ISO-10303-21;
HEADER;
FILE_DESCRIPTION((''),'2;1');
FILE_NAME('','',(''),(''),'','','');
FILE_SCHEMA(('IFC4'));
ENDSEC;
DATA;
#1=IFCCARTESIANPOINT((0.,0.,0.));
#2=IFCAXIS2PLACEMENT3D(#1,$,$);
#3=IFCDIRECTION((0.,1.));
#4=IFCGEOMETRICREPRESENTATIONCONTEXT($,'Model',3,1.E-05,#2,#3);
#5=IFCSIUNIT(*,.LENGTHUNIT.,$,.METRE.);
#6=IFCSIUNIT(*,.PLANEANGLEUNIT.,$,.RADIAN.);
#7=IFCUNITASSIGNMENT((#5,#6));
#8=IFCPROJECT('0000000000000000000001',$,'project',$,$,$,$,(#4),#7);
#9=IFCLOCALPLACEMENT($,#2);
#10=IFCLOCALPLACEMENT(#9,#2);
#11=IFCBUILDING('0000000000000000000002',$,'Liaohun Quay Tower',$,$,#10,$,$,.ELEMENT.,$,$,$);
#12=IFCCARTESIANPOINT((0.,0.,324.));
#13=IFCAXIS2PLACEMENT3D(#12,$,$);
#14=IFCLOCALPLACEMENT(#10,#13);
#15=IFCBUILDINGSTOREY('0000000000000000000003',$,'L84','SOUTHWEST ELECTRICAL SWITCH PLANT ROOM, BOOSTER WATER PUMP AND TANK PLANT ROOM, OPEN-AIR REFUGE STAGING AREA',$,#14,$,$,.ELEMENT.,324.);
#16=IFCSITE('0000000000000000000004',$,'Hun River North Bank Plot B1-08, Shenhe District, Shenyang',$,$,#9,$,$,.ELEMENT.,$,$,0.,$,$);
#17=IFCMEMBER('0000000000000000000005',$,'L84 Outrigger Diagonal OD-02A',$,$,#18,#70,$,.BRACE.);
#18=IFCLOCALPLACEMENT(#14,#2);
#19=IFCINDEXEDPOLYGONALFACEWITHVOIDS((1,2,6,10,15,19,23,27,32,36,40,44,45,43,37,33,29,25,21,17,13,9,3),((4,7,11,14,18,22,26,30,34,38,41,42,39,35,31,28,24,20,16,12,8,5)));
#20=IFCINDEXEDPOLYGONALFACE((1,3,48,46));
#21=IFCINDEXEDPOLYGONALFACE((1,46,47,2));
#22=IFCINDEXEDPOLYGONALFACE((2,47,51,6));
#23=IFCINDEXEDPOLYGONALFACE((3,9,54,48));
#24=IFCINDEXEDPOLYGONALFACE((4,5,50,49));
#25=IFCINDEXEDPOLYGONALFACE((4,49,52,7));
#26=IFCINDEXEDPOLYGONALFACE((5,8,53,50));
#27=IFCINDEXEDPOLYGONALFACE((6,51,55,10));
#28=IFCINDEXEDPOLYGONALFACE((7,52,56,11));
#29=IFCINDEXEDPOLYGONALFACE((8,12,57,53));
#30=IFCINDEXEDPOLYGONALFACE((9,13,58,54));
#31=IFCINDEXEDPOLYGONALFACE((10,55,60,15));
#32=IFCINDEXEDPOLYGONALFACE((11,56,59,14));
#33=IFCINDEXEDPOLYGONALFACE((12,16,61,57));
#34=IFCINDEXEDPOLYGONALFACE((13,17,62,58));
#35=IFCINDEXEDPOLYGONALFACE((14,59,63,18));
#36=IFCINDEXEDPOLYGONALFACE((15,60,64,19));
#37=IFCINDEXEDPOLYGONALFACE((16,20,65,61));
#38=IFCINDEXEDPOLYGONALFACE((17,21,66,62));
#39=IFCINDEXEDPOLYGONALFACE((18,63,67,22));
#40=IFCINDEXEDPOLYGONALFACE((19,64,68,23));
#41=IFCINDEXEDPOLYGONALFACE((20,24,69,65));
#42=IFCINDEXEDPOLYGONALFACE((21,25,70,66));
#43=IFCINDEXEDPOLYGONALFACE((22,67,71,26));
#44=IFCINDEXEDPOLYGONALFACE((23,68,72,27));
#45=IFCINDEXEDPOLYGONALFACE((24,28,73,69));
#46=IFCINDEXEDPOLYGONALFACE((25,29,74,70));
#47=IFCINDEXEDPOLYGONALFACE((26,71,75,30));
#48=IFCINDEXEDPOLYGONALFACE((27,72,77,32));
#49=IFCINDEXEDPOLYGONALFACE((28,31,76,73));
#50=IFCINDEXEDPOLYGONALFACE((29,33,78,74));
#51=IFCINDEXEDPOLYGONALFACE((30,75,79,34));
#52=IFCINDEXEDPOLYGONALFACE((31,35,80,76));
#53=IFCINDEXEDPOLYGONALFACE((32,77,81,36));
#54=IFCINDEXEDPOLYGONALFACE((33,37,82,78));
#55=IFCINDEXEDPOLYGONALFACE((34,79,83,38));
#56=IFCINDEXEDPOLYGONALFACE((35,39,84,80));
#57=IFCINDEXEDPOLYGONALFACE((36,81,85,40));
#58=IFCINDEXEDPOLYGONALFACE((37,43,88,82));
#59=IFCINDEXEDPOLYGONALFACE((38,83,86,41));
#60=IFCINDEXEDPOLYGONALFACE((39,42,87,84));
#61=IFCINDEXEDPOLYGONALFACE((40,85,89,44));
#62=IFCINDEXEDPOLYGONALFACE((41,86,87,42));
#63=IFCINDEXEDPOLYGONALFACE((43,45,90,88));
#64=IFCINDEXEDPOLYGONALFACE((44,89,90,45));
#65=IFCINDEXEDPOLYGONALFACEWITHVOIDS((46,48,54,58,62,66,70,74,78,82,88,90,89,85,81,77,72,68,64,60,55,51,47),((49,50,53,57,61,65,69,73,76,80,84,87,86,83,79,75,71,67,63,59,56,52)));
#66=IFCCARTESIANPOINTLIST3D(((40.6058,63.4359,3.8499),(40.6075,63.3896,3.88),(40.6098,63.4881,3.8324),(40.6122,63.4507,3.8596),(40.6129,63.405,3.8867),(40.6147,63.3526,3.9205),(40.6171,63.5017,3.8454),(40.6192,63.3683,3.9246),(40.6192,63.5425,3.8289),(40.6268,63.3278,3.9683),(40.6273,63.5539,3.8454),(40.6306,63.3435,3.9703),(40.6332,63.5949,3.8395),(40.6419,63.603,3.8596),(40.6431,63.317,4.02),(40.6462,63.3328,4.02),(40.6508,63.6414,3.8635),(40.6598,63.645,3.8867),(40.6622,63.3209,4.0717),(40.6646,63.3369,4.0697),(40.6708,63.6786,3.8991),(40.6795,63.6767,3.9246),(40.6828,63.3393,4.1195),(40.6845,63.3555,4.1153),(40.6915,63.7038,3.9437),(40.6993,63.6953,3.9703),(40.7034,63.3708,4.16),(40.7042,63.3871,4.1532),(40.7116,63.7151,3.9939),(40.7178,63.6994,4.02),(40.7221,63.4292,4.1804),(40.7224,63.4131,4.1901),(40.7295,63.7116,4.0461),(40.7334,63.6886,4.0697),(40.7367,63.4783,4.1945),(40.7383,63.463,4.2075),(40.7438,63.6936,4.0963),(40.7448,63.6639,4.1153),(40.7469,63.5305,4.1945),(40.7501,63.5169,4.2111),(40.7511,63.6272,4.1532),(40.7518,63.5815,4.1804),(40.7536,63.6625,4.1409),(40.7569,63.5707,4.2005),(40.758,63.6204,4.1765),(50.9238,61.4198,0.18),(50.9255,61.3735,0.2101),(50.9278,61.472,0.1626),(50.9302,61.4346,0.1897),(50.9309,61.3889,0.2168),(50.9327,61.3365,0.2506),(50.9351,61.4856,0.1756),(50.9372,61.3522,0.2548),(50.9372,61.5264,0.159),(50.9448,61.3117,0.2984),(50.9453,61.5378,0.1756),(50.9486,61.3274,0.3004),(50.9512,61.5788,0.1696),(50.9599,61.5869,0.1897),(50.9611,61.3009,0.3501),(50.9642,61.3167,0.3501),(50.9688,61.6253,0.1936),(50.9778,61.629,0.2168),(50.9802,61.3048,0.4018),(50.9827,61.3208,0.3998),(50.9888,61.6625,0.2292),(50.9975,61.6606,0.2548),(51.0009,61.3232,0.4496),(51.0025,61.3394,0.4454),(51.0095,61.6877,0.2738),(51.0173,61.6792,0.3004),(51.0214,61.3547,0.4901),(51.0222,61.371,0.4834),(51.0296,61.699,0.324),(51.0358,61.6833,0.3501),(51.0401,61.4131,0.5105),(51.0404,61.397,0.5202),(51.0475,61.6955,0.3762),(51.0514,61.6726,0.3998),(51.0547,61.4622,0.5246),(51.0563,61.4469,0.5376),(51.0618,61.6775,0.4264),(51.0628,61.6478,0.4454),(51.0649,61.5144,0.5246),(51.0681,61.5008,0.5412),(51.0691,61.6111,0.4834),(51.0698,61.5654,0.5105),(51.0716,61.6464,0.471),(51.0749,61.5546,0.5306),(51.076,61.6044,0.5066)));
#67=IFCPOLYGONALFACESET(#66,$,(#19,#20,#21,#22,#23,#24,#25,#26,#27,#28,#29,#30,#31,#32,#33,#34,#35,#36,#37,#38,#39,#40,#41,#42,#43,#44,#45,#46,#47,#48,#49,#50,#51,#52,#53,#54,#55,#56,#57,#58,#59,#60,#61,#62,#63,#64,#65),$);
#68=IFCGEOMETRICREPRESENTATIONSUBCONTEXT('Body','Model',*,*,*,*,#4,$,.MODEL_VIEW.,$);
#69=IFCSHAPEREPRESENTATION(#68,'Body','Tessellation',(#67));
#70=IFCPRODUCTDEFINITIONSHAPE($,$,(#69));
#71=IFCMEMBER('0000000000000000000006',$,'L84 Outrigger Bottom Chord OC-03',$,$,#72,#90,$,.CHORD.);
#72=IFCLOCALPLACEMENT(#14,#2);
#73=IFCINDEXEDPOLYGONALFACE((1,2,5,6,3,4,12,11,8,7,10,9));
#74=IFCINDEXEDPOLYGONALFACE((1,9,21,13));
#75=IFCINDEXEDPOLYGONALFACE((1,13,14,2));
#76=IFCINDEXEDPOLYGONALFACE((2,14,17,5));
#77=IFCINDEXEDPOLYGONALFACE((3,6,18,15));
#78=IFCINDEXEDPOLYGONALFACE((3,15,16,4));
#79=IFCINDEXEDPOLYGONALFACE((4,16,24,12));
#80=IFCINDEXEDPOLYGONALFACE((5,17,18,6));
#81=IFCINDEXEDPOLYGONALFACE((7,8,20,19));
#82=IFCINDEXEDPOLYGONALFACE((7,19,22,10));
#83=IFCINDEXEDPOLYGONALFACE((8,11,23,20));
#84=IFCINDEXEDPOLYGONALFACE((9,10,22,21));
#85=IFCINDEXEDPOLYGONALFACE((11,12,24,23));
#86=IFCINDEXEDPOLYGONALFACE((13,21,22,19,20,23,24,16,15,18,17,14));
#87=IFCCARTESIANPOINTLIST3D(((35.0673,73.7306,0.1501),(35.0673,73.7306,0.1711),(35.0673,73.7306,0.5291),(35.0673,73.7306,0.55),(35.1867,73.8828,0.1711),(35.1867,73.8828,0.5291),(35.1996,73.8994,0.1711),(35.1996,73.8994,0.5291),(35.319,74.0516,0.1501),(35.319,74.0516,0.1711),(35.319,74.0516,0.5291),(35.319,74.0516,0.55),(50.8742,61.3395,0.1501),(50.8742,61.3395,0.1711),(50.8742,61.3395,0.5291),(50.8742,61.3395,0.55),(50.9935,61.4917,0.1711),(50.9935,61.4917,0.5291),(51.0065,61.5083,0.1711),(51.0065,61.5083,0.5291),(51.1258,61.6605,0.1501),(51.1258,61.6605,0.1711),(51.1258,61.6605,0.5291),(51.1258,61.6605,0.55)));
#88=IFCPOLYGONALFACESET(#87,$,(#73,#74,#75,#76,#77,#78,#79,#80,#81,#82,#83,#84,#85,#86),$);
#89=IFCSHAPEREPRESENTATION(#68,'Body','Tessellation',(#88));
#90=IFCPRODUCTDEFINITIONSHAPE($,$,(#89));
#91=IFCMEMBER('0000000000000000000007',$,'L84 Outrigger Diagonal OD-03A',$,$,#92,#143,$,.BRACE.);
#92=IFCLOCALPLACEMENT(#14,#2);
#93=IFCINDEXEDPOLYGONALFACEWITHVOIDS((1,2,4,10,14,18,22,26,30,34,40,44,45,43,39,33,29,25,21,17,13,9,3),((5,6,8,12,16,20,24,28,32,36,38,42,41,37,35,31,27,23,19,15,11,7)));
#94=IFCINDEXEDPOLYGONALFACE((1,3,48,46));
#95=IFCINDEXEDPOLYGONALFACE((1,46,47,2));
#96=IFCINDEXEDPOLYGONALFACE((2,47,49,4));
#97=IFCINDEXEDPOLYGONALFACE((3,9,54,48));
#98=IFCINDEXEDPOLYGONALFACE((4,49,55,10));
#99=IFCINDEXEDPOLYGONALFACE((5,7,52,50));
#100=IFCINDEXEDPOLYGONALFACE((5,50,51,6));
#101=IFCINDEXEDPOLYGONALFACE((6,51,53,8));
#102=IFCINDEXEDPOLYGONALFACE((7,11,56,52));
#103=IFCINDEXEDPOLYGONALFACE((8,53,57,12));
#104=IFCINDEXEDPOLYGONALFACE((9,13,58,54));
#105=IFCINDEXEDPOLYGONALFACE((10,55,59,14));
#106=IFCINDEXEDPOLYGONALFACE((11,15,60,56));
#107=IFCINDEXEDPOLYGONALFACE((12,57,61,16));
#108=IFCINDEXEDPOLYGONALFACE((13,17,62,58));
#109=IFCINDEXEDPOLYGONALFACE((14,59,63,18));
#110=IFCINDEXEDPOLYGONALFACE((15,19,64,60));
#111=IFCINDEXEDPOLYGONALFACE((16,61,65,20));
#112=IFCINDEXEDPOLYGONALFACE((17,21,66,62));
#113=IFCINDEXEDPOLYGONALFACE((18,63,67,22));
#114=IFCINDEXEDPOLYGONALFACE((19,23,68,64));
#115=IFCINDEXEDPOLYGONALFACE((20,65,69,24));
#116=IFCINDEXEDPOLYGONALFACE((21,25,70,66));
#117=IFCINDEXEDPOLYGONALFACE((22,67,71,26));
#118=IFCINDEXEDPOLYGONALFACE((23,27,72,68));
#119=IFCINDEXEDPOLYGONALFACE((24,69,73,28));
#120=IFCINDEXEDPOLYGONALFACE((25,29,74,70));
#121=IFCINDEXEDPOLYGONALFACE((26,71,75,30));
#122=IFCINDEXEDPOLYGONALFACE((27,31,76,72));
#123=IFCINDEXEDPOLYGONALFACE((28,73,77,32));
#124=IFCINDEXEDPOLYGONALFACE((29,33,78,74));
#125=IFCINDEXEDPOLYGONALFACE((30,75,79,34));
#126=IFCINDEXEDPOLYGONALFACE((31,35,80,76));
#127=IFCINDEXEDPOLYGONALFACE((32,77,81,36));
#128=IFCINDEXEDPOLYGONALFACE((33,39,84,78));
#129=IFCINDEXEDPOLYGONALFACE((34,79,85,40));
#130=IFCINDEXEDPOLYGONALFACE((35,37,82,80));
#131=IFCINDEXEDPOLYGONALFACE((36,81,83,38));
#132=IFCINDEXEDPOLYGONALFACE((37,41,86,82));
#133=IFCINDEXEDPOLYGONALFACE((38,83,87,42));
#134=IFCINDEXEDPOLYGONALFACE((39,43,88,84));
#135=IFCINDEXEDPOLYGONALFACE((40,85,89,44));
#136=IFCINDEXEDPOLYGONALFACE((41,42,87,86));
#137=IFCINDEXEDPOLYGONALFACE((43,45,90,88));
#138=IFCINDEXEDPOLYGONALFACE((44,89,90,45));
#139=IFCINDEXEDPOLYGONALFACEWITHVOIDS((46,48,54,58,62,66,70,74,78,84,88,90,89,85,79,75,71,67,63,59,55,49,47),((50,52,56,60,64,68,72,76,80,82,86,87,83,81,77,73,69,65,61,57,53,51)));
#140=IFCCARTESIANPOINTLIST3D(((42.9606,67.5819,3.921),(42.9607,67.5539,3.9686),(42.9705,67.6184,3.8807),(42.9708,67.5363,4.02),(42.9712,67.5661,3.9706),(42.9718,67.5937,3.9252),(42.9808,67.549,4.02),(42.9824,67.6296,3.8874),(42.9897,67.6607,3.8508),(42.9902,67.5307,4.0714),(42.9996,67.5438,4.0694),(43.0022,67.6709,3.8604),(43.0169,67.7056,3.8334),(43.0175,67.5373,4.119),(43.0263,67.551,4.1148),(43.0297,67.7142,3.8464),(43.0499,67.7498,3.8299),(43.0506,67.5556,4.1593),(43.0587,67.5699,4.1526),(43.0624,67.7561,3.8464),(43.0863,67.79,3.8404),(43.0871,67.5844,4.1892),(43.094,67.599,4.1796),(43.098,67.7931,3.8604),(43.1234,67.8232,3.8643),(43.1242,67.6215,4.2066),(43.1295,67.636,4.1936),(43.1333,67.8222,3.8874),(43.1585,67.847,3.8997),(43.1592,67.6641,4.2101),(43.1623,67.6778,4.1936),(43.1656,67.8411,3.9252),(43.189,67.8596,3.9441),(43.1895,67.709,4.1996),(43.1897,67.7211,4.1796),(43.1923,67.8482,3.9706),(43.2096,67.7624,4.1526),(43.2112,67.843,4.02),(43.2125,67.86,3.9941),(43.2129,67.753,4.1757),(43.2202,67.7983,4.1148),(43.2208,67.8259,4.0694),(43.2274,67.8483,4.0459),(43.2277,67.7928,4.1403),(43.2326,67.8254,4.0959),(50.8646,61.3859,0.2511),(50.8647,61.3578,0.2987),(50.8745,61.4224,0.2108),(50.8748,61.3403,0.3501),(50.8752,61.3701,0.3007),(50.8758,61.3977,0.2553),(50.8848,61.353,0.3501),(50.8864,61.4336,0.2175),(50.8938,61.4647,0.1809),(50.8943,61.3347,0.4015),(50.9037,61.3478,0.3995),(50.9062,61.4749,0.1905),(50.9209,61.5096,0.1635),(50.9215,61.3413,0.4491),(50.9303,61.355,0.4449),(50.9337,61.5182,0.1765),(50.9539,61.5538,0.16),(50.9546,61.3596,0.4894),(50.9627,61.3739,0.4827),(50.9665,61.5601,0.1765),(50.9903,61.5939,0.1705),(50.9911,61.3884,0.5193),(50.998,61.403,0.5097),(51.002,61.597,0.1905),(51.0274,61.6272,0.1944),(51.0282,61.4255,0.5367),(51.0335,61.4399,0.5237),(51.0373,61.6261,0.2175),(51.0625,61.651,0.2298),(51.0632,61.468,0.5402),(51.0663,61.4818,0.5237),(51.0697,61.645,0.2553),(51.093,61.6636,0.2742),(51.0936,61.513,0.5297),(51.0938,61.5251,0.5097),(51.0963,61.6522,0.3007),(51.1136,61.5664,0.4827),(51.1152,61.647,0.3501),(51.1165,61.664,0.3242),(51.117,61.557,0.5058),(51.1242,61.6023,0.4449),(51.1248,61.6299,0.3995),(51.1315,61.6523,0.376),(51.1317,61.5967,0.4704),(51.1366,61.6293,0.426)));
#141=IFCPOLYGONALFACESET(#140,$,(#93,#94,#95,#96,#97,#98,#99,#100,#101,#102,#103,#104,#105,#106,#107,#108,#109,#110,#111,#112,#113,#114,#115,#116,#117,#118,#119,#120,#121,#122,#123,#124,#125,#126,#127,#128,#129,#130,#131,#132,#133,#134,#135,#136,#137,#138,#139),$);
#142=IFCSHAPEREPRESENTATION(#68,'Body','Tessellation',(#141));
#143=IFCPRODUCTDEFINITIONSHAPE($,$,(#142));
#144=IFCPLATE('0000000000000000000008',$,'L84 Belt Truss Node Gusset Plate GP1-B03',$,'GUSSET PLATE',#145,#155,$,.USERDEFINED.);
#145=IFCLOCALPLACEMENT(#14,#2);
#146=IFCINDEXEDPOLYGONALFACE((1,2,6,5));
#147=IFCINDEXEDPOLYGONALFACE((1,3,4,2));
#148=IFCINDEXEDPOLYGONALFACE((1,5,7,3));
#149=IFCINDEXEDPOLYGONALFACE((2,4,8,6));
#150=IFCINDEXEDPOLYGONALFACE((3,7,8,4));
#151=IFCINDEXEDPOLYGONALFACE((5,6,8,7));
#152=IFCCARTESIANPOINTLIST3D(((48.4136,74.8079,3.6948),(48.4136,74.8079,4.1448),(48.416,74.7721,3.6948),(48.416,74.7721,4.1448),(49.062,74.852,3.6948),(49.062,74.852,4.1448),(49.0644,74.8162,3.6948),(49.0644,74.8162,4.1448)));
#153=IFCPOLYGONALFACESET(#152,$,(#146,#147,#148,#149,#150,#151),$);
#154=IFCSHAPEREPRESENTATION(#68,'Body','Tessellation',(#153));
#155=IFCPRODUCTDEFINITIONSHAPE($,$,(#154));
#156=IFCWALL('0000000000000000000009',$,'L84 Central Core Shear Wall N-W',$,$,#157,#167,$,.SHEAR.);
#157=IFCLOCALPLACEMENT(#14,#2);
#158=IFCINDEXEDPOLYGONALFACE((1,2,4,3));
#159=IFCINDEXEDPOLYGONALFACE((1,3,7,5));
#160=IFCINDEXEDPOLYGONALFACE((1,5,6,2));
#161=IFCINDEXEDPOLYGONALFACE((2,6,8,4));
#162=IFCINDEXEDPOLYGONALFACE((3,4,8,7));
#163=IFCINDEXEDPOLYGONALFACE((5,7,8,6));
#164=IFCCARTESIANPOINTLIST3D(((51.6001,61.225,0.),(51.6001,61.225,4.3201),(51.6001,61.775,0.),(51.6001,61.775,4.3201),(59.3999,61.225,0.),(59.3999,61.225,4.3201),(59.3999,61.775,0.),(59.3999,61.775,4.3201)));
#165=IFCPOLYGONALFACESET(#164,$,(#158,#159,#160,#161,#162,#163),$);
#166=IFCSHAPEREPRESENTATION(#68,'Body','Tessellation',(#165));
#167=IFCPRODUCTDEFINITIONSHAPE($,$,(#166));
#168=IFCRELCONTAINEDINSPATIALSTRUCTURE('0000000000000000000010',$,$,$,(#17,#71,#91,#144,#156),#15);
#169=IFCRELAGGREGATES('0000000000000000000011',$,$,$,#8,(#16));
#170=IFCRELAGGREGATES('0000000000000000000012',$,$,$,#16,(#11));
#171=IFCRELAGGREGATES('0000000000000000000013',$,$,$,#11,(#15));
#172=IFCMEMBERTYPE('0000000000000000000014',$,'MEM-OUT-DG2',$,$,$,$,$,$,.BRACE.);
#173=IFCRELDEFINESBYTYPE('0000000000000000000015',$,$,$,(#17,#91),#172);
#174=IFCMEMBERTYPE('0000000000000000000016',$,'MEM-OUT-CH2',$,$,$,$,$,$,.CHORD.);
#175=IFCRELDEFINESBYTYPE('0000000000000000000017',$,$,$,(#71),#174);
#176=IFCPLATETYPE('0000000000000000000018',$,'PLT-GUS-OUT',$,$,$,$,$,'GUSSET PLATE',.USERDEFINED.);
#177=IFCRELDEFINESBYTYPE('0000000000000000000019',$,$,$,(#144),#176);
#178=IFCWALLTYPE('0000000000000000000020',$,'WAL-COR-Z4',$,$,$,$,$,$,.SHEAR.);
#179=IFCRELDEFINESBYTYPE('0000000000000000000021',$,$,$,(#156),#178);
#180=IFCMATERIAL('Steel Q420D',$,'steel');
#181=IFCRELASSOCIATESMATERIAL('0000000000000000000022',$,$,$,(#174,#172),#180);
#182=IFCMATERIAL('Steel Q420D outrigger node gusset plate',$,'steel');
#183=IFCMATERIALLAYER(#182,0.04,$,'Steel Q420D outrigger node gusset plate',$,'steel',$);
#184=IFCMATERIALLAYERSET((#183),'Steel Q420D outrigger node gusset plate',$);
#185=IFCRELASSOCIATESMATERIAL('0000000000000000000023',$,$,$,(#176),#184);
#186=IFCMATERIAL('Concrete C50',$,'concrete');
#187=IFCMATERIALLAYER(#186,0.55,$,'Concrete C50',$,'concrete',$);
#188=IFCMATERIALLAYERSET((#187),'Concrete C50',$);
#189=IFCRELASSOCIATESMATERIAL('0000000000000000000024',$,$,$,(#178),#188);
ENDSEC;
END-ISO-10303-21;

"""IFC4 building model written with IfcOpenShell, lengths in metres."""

from ifc_helpers import new_model, si_unit, direction, frame, frame_2d, origin, origin_2d, place, context, subcontext, project, spatial, rectangle, hollow_circle, i_section, extrude, source, transform, mapped, material, layer, layer_set, material_profile, profile_set, type_object, element, save


model = new_model("IFC4")

# Units and contexts
model_context = context("Model", 3, precision=1e-05, world=origin(), true_north=direction((0.0, 1.0)))
body_context = subcontext(model_context, "Body", "Model", "MODEL_VIEW")
ifc_project = project(units=[si_unit("LENGTHUNIT", "METRE"), si_unit("PLANEANGLEUNIT", "RADIAN")], contexts=[model_context])

# Site, building, storey
site_placement = place(None, origin())
site = spatial("IfcSite", under=ifc_project, at=site_placement, Name="Hun River North Bank Plot B1-08, Shenhe District, Shenyang", CompositionType="ELEMENT", RefElevation=0.0)
building_placement = place(site_placement, origin())
building = spatial("IfcBuilding", under=site, at=building_placement, Name="Liaohun Quay Tower", CompositionType="ELEMENT")
storey_placement = place(building_placement, frame((0.0, 0.0, 324.0)))
storey = spatial("IfcBuildingStorey", under=building, at=storey_placement, Name="L84", Description="SOUTHWEST ELECTRICAL SWITCH PLANT ROOM, BOOSTER WATER PUMP AND TANK PLANT ROOM, OPEN-AIR REFUGE STAGING AREA", CompositionType="ELEMENT", Elevation=324.0)

# Shared definitions
ifc_material_1 = material(Name="Concrete C50", Category="concrete")

# Members
ifc_material_2 = material(Name="Steel Q420D", Category="steel")
ifc_material_profile_1 = material_profile(ifc_material_2, i_section(OverallWidth=0.408, OverallDepth=0.3999, WebThickness=0.021, FlangeThickness=0.021, at=origin_2d()), Name="HW400x408x21x21")
ifc_profile_set_1 = profile_set([ifc_material_profile_1], Name="Steel Q420D")
member_type_1 = type_object("IfcMemberType", Name="MEM-OUT-CH2", PredefinedType="CHORD", material=ifc_profile_set_1)
ifc_material_profile_2 = material_profile(ifc_material_2, hollow_circle(Radius=0.2029, WallThickness=0.0161, at=origin_2d()), Name="CHS406x16")
ifc_profile_set_2 = profile_set([ifc_material_profile_2], Name="Steel Q420D")
member_type_2 = type_object("IfcMemberType", Name="MEM-OUT-DG2", PredefinedType="BRACE", material=ifc_profile_set_2)
shared_shape_1 = source(origin(), body_context, "Body", "SweptSolid", [
    extrude(hollow_circle(Radius=0.2029, WallThickness=0.0161, at=origin_2d()), origin(), (0.0, 0.0, 1.0), 11.1353),
])
member_1_placement = place(storey_placement, frame((51.0, 61.5, 0.3501), z_axis=(-0.926607, 0.181055, 0.329573), x_axis=(-0.191769, -0.98144, 0.0)))
element("IfcMember", 1, at=member_1_placement, inside=storey, type_object=member_type_2, Name="L84 Outrigger Diagonal OD-02A", PredefinedType="BRACE", context=body_context, shape_type="MappedRepresentation", body=[
    mapped(shared_shape_1, transform((0.0, 0.0, 0.0), x_axis=(1.0, 0.0, 0.0), y_axis=(0.0, 1.0, 0.0), z_axis=(0.0, 0.0, 1.0), scale=1.0)),
])
shared_shape_2 = source(origin(), body_context, "Body", "SweptSolid", [
    extrude(i_section(OverallWidth=0.408, OverallDepth=0.3999, WebThickness=0.021, FlangeThickness=0.021, at=origin_2d()), origin(), (0.0, 0.0, 1.0), 20.0847),
])
member_2_placement = place(storey_placement, frame((51.0, 61.5, 0.3501), z_axis=(-0.787009, 0.616941, 0.0), x_axis=(-0.616941, -0.787009, 0.0)))
element("IfcMember", 2, at=member_2_placement, inside=storey, type_object=member_type_1, Name="L84 Outrigger Bottom Chord OC-03", PredefinedType="CHORD", context=body_context, shape_type="MappedRepresentation", body=[
    mapped(shared_shape_2, transform((0.0, 0.0, 0.0), x_axis=(1.0, 0.0, 0.0), y_axis=(0.0, 1.0, 0.0), z_axis=(0.0, 0.0, 1.0), scale=1.0)),
])
shared_shape_3 = source(origin(), body_context, "Body", "SweptSolid", [
    extrude(hollow_circle(Radius=0.2029, WallThickness=0.0161, at=origin_2d()), origin(), (0.0, 0.0, 1.0), 10.6926),
])
member_3_placement = place(storey_placement, frame((51.0, 61.5, 0.3501), z_axis=(-0.739202, 0.579466, 0.343218), x_axis=(-0.616942, -0.787009, 0.0)))
element("IfcMember", 3, at=member_3_placement, inside=storey, type_object=member_type_2, Name="L84 Outrigger Diagonal OD-03A", PredefinedType="BRACE", context=body_context, shape_type="MappedRepresentation", body=[
    mapped(shared_shape_3, transform((0.0, 0.0, 0.0), x_axis=(1.0, 0.0, 0.0), y_axis=(0.0, 1.0, 0.0), z_axis=(0.0, 0.0, 1.0), scale=1.0)),
])

# Plate
ifc_material_3 = material(Name="Steel Q420D outrigger node gusset plate", Category="steel")
ifc_layer_1 = layer(ifc_material_3, 0.04, Name="Steel Q420D outrigger node gusset plate", Category="steel")
ifc_layer_set_1 = layer_set([ifc_layer_1], Name="Steel Q420D outrigger node gusset plate")
plate_type = type_object("IfcPlateType", Name="PLT-GUS-OUT", ElementType="GUSSET PLATE", PredefinedType="USERDEFINED", material=ifc_layer_set_1)
shared_shape_4 = source(origin(), body_context, "Body", "SweptSolid", [
    extrude(rectangle(XDim=0.6499, YDim=0.0359, at=origin_2d()), origin(), (0.0, 0.0, 1.0), 0.45),
])
plate_placement = place(storey_placement, frame((48.739, 74.812, 3.6948), z_axis=(0.0, 0.0, 1.0), x_axis=(0.997696, 0.067841, 0.0)))
element("IfcPlate", 4, at=plate_placement, inside=storey, type_object=plate_type, Name="L84 Belt Truss Node Gusset Plate GP1-B03", ObjectType="GUSSET PLATE", PredefinedType="USERDEFINED", context=body_context, shape_type="MappedRepresentation", body=[
    mapped(shared_shape_4, transform((0.0, 0.0, 0.0), x_axis=(1.0, 0.0, 0.0), y_axis=(0.0, 1.0, 0.0), z_axis=(0.0, 0.0, 1.0), scale=1.0)),
])

# Wall
ifc_layer_2 = layer(ifc_material_1, 0.55, Name="Concrete C50", Category="concrete")
ifc_layer_set_2 = layer_set([ifc_layer_2], Name="Concrete C50")
wall_type_1 = type_object("IfcWallType", Name="WAL-COR-Z4", PredefinedType="SHEAR", material=ifc_layer_set_2)
wall_1_placement = place(storey_placement, frame((51.6001, 61.5, 0.0), z_axis=(0.0, 0.0, 1.0), x_axis=(1.0, 0.0, 0.0)))
element("IfcWall", 5, at=wall_1_placement, inside=storey, type_object=wall_type_1, Name="L84 Central Core Shear Wall N-W", PredefinedType="SHEAR", context=body_context, shape_type="SweptSolid", body=[
    extrude(rectangle(XDim=7.7998, YDim=0.55, at=frame_2d((3.8999, 0.0))), origin(), (0.0, 0.0, 1.0), 4.3201),
])

save(model, "model.ifc")
